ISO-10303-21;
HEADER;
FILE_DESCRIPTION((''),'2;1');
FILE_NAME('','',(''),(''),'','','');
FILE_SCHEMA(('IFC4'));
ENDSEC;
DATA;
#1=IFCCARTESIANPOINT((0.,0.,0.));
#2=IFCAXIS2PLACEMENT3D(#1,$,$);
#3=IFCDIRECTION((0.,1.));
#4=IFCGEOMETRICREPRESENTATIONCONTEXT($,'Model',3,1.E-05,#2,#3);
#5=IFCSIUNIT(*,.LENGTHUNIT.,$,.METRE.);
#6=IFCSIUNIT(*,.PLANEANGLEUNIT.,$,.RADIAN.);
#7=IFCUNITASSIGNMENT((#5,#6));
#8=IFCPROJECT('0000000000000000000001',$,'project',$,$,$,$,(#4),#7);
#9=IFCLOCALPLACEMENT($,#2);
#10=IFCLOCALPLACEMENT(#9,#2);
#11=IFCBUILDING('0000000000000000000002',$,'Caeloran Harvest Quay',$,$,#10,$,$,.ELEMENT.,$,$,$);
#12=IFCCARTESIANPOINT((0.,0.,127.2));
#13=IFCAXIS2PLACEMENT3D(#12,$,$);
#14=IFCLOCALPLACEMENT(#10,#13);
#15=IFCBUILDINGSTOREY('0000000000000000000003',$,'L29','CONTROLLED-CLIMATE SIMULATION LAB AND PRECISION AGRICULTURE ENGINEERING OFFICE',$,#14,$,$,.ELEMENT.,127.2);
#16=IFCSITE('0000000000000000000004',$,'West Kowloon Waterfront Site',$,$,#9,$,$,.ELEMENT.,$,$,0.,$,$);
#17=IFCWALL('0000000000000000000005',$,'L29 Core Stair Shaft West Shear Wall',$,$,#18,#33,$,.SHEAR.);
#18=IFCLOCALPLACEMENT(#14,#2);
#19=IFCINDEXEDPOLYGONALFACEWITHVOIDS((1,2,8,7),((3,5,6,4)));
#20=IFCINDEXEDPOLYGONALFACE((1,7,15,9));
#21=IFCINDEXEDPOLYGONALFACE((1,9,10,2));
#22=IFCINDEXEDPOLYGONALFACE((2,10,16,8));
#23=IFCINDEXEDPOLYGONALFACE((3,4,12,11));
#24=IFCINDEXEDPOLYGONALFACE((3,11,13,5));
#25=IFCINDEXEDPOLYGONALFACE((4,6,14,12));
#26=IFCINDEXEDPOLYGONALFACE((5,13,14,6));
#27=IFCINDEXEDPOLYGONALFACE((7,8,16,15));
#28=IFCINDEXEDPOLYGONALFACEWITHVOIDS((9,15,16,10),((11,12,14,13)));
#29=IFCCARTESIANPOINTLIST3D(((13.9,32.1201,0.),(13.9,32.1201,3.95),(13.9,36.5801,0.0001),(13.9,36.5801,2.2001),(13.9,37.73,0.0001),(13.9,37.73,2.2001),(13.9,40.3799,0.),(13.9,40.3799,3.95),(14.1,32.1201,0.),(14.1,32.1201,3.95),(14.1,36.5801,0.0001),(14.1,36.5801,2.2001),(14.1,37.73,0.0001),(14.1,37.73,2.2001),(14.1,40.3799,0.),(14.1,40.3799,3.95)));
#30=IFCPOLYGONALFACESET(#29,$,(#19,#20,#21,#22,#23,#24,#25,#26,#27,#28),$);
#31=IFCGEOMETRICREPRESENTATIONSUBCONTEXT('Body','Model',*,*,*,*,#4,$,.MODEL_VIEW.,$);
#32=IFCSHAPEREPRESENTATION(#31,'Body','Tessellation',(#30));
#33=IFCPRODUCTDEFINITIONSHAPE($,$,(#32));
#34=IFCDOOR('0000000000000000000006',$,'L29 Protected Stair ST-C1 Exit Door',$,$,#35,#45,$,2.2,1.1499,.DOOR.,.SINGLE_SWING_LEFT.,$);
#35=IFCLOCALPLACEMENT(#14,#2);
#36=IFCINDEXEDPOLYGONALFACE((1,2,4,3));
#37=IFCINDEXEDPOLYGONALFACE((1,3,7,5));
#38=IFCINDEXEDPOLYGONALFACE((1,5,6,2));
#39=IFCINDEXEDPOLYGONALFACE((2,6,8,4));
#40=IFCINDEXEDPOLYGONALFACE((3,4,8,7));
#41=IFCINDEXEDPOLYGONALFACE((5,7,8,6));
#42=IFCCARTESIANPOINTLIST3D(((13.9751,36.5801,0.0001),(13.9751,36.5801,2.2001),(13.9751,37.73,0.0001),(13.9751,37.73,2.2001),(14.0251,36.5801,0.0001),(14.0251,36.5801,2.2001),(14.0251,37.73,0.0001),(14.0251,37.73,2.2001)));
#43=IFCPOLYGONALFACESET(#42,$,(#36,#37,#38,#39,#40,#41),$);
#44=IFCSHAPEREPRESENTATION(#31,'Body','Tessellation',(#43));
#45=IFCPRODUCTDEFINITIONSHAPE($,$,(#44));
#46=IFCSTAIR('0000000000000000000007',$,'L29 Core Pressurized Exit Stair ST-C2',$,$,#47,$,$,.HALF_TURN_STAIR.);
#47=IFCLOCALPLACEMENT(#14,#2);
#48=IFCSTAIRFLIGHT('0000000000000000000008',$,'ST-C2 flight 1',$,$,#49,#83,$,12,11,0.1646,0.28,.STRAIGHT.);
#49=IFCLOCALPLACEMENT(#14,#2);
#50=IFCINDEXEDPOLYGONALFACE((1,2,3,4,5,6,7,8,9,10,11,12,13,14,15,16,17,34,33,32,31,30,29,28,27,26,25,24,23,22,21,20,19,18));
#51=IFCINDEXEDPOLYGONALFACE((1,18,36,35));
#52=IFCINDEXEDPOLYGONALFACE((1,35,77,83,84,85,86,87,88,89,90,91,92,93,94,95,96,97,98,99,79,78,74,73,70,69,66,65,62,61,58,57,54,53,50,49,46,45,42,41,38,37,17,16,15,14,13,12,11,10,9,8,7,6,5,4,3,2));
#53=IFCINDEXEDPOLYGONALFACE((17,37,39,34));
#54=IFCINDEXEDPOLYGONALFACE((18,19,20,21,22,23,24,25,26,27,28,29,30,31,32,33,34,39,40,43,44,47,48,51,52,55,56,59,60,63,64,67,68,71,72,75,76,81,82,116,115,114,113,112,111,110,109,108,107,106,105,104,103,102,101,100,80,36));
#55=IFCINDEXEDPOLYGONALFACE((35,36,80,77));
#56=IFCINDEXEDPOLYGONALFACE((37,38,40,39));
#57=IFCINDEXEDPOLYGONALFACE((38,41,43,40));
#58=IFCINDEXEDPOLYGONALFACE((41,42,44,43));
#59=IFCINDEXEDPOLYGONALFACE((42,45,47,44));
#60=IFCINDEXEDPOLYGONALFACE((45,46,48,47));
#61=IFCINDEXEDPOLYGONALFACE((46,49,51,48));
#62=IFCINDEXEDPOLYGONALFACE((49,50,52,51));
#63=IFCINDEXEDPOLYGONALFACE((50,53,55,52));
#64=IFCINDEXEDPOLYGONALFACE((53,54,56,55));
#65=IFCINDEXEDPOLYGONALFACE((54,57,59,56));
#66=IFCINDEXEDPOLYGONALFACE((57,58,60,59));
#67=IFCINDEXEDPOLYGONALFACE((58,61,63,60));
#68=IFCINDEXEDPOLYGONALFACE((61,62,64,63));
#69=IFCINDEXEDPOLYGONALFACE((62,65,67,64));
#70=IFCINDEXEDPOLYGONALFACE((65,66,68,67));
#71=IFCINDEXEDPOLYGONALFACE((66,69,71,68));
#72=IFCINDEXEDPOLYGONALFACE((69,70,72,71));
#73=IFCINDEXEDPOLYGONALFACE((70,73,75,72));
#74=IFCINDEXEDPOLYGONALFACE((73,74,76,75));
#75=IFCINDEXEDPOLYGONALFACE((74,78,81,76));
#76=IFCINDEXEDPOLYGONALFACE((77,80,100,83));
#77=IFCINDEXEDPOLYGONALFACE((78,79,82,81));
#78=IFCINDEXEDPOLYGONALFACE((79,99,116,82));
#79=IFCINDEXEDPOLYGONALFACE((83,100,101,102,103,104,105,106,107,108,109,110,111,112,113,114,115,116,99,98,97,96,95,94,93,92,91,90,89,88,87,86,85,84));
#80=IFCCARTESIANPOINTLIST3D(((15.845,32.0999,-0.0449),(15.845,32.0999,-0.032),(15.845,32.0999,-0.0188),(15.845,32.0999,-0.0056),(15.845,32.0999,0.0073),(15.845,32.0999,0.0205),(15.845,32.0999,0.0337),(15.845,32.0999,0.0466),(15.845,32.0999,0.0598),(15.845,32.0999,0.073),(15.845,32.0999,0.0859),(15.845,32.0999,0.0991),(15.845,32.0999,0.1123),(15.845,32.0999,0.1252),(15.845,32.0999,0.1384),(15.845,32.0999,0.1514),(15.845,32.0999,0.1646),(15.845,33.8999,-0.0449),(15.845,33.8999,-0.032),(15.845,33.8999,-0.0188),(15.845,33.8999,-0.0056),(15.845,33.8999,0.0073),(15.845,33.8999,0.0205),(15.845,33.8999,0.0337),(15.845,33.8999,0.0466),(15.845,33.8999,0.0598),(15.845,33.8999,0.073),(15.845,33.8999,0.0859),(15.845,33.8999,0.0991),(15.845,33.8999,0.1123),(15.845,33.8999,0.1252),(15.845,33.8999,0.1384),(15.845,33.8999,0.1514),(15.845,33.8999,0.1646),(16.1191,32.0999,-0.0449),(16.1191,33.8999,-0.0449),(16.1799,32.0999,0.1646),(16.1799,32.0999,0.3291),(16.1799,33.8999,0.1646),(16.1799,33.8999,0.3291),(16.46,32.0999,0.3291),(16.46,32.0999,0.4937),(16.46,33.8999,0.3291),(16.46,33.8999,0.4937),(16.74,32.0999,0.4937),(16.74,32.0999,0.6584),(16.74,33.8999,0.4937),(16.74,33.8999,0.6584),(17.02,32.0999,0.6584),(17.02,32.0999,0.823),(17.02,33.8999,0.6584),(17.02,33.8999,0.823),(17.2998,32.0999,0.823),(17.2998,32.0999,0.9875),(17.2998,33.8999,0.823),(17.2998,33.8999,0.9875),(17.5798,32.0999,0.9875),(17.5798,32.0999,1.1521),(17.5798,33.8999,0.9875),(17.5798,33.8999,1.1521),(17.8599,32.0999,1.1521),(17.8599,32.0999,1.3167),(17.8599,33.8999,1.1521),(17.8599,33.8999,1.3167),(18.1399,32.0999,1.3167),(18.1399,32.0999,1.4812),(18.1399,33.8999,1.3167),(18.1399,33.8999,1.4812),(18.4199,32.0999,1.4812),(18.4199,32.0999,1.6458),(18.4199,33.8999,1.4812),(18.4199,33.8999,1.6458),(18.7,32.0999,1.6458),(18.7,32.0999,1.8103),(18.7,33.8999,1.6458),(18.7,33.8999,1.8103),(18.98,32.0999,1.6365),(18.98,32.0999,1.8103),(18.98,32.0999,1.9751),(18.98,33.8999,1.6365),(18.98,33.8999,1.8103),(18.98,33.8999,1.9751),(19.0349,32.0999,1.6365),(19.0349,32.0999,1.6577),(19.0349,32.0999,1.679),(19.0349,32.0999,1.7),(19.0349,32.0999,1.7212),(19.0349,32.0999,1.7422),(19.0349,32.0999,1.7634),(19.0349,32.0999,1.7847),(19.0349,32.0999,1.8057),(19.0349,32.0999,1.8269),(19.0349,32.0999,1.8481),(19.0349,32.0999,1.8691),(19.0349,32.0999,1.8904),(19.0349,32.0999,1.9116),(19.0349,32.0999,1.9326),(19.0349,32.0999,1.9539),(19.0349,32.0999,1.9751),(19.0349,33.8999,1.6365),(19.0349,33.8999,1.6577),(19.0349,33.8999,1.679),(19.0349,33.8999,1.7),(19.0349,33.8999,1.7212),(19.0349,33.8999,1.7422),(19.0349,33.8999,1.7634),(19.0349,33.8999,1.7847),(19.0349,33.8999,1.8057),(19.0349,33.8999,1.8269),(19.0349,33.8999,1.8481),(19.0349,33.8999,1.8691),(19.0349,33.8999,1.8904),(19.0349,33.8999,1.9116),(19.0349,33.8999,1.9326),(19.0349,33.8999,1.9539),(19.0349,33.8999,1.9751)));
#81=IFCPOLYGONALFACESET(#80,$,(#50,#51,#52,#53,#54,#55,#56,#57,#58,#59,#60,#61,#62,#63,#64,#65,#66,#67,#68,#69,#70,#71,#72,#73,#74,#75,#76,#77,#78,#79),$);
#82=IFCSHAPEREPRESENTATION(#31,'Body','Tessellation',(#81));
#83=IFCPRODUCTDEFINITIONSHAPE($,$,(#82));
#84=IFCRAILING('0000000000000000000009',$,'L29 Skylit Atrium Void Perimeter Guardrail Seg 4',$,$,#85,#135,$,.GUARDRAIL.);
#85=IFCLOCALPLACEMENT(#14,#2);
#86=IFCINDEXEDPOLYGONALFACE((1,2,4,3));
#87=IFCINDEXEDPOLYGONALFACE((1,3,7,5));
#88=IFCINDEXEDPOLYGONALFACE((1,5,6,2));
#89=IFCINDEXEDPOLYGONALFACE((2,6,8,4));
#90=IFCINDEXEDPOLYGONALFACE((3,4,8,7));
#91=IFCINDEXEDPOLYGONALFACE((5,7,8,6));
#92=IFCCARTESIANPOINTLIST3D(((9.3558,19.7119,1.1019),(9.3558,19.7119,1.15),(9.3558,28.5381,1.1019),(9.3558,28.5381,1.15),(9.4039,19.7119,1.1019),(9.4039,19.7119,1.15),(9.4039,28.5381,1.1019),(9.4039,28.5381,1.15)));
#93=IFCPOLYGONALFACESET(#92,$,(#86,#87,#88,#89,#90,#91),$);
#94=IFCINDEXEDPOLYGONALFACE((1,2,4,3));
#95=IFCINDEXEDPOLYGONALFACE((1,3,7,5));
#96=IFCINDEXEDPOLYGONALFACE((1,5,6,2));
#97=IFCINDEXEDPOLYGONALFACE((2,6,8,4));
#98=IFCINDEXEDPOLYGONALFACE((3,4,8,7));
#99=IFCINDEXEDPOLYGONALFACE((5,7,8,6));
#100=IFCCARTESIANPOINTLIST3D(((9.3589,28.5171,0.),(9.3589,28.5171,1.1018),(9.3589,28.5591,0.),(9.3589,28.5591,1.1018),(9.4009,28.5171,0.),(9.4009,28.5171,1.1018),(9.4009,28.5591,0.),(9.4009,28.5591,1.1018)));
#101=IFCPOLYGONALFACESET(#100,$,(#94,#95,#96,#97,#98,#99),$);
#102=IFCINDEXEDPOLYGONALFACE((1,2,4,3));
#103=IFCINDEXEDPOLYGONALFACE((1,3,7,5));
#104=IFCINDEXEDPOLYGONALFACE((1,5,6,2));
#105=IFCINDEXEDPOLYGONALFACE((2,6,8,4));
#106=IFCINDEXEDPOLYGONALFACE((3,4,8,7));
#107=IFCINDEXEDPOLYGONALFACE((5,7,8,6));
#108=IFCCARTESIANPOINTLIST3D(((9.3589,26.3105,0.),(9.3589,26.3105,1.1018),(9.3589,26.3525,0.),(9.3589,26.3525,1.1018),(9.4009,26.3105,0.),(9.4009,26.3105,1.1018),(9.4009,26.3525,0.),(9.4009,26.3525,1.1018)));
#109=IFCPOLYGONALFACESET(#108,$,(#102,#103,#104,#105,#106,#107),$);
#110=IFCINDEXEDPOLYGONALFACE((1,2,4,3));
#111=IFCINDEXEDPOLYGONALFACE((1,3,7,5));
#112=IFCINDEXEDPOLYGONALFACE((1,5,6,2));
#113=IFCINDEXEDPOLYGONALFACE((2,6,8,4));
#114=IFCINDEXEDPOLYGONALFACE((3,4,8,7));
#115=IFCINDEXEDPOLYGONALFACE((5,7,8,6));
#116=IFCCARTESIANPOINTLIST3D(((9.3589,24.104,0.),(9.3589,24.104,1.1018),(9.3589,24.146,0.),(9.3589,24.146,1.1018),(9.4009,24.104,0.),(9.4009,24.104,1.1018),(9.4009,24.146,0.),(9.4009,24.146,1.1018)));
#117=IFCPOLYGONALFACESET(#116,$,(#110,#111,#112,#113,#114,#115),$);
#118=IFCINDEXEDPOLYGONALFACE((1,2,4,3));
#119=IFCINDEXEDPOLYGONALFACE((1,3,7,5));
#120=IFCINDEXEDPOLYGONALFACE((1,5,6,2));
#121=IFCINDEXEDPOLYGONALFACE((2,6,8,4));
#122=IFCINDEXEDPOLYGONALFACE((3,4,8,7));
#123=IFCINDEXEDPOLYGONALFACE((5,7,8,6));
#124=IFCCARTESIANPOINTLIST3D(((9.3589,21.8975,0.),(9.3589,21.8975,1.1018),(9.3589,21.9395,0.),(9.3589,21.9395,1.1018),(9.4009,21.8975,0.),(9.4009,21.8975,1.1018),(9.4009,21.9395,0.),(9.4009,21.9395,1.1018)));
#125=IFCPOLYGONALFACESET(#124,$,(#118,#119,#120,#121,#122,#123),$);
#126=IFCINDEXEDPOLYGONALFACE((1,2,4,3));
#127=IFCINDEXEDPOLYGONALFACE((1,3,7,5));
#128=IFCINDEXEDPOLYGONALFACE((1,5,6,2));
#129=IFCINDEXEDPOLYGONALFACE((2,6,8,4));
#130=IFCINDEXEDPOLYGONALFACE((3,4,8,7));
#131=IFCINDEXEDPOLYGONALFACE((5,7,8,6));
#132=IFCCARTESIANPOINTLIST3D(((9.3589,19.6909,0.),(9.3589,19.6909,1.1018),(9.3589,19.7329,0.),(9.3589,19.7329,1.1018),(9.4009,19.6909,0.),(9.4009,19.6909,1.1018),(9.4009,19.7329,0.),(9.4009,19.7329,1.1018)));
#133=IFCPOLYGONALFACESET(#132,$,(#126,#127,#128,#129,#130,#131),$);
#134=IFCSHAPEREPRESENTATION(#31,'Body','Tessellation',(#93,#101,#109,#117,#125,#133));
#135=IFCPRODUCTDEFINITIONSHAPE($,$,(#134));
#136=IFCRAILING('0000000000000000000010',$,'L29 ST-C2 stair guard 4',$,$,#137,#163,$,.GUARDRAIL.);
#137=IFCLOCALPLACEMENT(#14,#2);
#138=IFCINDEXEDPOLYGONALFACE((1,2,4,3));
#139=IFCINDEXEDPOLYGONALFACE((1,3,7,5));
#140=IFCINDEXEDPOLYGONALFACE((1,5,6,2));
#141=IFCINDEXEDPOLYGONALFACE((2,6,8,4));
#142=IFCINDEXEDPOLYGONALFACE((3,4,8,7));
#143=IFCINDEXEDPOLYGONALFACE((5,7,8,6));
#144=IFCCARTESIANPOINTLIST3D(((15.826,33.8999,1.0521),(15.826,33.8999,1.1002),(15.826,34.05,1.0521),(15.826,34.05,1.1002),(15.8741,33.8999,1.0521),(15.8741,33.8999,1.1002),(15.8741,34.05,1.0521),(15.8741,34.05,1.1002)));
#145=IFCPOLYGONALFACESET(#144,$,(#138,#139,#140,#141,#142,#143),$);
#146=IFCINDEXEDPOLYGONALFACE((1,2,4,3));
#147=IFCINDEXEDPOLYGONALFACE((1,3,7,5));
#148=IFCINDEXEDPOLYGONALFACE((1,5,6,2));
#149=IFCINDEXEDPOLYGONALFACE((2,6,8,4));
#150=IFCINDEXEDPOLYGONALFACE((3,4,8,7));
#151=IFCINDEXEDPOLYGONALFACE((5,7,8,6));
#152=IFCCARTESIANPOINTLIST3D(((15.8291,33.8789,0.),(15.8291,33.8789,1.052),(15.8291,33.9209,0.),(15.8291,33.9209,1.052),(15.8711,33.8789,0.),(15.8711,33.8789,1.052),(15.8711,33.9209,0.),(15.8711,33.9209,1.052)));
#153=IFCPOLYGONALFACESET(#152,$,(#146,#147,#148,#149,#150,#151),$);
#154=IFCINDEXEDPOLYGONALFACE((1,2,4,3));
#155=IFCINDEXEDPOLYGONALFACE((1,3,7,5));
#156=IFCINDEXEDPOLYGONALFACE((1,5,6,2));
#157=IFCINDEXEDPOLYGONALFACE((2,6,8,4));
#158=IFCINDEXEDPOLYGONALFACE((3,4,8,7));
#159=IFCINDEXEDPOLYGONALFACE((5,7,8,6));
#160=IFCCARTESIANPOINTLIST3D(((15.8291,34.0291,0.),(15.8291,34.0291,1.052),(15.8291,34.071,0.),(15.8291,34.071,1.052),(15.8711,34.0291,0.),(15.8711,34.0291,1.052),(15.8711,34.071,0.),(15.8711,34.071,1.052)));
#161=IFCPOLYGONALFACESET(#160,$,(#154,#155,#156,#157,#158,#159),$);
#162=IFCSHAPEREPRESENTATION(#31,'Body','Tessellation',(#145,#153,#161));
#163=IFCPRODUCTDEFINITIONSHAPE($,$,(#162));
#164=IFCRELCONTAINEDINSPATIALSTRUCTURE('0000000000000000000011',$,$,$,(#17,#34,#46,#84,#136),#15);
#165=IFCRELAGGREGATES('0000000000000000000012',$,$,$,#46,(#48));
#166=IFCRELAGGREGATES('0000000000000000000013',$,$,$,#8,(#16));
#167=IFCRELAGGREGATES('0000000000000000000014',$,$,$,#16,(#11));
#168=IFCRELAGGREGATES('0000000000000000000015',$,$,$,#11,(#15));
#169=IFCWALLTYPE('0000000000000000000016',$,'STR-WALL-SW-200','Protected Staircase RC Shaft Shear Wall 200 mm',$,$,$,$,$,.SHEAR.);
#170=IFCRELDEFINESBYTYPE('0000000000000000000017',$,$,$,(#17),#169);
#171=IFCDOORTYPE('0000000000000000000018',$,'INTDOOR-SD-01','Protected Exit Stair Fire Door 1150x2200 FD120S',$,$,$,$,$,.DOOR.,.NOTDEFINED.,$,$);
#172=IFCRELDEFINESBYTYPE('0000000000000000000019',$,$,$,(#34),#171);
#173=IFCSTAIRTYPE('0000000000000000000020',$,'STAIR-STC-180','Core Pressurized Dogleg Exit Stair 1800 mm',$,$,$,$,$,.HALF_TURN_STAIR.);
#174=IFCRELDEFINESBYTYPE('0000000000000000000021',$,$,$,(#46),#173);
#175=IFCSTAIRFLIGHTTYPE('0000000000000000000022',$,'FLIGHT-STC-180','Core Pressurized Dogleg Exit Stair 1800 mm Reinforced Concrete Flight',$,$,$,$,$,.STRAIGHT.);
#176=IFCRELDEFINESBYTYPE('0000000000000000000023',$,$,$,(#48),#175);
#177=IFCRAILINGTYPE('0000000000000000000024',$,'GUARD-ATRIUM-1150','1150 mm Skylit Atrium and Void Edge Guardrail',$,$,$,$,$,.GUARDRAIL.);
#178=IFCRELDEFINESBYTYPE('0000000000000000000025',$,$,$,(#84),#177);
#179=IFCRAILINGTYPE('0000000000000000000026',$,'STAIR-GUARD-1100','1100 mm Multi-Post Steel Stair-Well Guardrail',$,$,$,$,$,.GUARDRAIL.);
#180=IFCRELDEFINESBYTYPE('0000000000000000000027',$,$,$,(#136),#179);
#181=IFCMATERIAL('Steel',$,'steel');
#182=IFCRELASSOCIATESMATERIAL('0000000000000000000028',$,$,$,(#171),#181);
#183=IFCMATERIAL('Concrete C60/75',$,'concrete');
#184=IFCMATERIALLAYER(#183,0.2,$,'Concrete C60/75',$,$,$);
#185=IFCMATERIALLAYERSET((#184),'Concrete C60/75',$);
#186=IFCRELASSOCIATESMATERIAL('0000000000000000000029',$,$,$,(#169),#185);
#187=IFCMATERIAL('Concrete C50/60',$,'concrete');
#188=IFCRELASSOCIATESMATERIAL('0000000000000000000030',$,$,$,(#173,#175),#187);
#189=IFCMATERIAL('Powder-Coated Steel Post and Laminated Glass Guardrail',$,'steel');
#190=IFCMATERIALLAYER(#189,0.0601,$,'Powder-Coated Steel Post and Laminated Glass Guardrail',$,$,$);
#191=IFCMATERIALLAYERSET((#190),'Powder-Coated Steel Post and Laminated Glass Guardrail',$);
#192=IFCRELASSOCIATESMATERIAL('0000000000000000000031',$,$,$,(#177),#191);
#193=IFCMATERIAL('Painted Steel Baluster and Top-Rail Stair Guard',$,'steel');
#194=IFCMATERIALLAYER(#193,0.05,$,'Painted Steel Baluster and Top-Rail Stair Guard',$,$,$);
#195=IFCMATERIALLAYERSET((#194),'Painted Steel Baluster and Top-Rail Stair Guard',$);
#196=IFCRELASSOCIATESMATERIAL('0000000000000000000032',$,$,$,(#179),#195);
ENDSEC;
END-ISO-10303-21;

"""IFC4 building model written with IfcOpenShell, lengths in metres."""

from ifc_helpers import new_model, si_unit, direction, frame, frame_2d, origin, origin_2d, place, context, subcontext, project, spatial, polyline, rectangle, outline, extrude, material, layer, layer_set, type_object, element, fill, aggregate, save


model = new_model("IFC4")

# Units and contexts
model_context = context("Model", 3, precision=1e-05, world=origin(), true_north=direction((0.0, 1.0)))
body_context = subcontext(model_context, "Body", "Model", "MODEL_VIEW")
ifc_project = project(units=[si_unit("LENGTHUNIT", "METRE"), si_unit("PLANEANGLEUNIT", "RADIAN")], contexts=[model_context])

# Site, building, storey
site_placement = place(None, origin())
site = spatial("IfcSite", under=ifc_project, at=site_placement, Name="West Kowloon Waterfront Site", CompositionType="ELEMENT", RefElevation=0.0)
building_placement = place(site_placement, origin())
building = spatial("IfcBuilding", under=site, at=building_placement, Name="Caeloran Harvest Quay", CompositionType="ELEMENT")
storey_placement = place(building_placement, frame((0.0, 0.0, 127.2)))
storey = spatial("IfcBuildingStorey", under=building, at=storey_placement, Name="L29", Description="CONTROLLED-CLIMATE SIMULATION LAB AND PRECISION AGRICULTURE ENGINEERING OFFICE", CompositionType="ELEMENT", Elevation=127.2)

# Shared definitions
ifc_material_1 = material(Name="Concrete C60/75", Category="concrete")

# Shared definitions
ifc_material_2 = material(Name="Concrete C50/60", Category="concrete")

# Shared definitions
ifc_material_3 = material(Name="Steel", Category="steel")

# Shared definitions
door_type_1 = type_object("IfcDoorType", Name="INTDOOR-SD-01", Description="Protected Exit Stair Fire Door 1150x2200 FD120S", OperationType="NOTDEFINED", PredefinedType="DOOR", material=ifc_material_3)

# Wall, opening, door
ifc_layer_1 = layer(ifc_material_1, 0.2, Name="Concrete C60/75")
ifc_layer_set_1 = layer_set([ifc_layer_1], Name="Concrete C60/75")
wall_type_1 = type_object("IfcWallType", Name="STR-WALL-SW-200", Description="Protected Staircase RC Shaft Shear Wall 200 mm", PredefinedType="SHEAR", material=ifc_layer_set_1)
wall_1_placement = place(storey_placement, frame((14.0, 32.1201, 0.0), z_axis=(0.0, 0.0, 1.0), x_axis=(0.0, 1.0, 0.0)))
wall_1 = element("IfcWall", 1, at=wall_1_placement, inside=storey, type_object=wall_type_1, Name="L29 Core Stair Shaft West Shear Wall", PredefinedType="SHEAR", context=body_context, shape_type="SweptSolid", body=[
    extrude(rectangle(XDim=8.2598, YDim=0.2, at=frame_2d((4.1299, 0.0))), origin(), (0.0, 0.0, 1.0), 3.95),
])
opening_1_placement = place(wall_1_placement, frame((4.46, 0.0, 0.0)))
opening_1 = element("IfcOpeningElement", 2, at=opening_1_placement, cuts=wall_1, PredefinedType="OPENING", context=body_context, shape_type="SweptSolid", body=[
    extrude(rectangle(XDim=1.1499, YDim=2.2, at=frame_2d((0.575, 1.1001))), frame((0.0, 0.1099, 0.0), z_axis=(0.0, -1.0, 0.0), x_axis=(1.0, 0.0, 0.0)), (0.0, 0.0, 1.0), 0.22),
])
door_1_placement = place(opening_1_placement, origin())
door_1 = element("IfcDoor", 3, at=door_1_placement, inside=storey, type_object=door_type_1, Name="L29 Protected Stair ST-C1 Exit Door", OperationType="SINGLE_SWING_LEFT", OverallHeight=2.2, OverallWidth=1.1499, PredefinedType="DOOR", context=body_context, shape_type="SweptSolid", body=[
    extrude(rectangle(XDim=1.1499, YDim=2.2, at=frame_2d((0.575, 1.1001))), frame((0.0, 0.0249, 0.0), z_axis=(0.0, -1.0, 0.0), x_axis=(1.0, 0.0, 0.0)), (0.0, 0.0, 1.0), 0.05),
])
fill(opening_1, door_1)

# Stair, stair flight
stair_type = type_object("IfcStairType", Name="STAIR-STC-180", Description="Core Pressurized Dogleg Exit Stair 1800 mm", PredefinedType="HALF_TURN_STAIR", material=ifc_material_2)
stair_placement = place(storey_placement, origin())
stair = element("IfcStair", 4, at=stair_placement, inside=storey, type_object=stair_type, Name="L29 Core Pressurized Exit Stair ST-C2", PredefinedType="HALF_TURN_STAIR")
stair_flight_type = type_object("IfcStairFlightType", Name="FLIGHT-STC-180", Description="Core Pressurized Dogleg Exit Stair 1800 mm Reinforced Concrete Flight", PredefinedType="STRAIGHT", material=ifc_material_2)
stair_flight_placement = place(storey_placement, frame((15.8999, 33.0, 0.0), z_axis=(0.0, 0.0, 1.0), x_axis=(1.0, 0.0, 0.0)))
stair_flight = element("IfcStairFlight", 5, at=stair_flight_placement, type_object=stair_flight_type, Name="ST-C2 flight 1", NumberOfRisers=12, NumberOfTreads=11, PredefinedType="STRAIGHT", RiserHeight=0.1646, TreadLength=0.28, context=body_context, shape_type="SweptSolid", body=[
    extrude(outline(polyline([(-0.0549, -0.0449), (-0.0549, -0.032), (-0.0549, -0.0188), (-0.0549, -0.0056), (-0.0549, 0.0073), (-0.0549, 0.0205), (-0.0549, 0.0337), (-0.0549, 0.0466), (-0.0549, 0.0598), (-0.0549, 0.073), (-0.0549, 0.0859), (-0.0549, 0.0991), (-0.0549, 0.1123), (-0.0549, 0.1252), (-0.0549, 0.1384), (-0.0549, 0.1514), (-0.0549, 0.1646), (0.28, 0.1646), (0.28, 0.3291), (0.5601, 0.3291), (0.5601, 0.4937), (0.8401, 0.4937), (0.8401, 0.6584), (1.1201, 0.6584), (1.1201, 0.823), (1.3999, 0.823), (1.3999, 0.9875), (1.6799, 0.9875), (1.6799, 1.1521), (1.96, 1.1521), (1.96, 1.3167), (2.24, 1.3167), (2.24, 1.4812), (2.52, 1.4812), (2.52, 1.6458), (2.8, 1.6458), (2.8, 1.8103), (3.0801, 1.8103), (3.0801, 1.9751), (3.135, 1.9751), (3.135, 1.9539), (3.135, 1.9326), (3.135, 1.9116), (3.135, 1.8904), (3.135, 1.8691), (3.135, 1.8481), (3.135, 1.8269), (3.135, 1.8057), (3.135, 1.7847), (3.135, 1.7634), (3.135, 1.7422), (3.135, 1.7212), (3.135, 1.7), (3.135, 1.679), (3.135, 1.6577), (3.135, 1.6365), (3.0801, 1.6365), (0.2192, -0.0449), (-0.0549, -0.0449)])), frame((0.0, 0.8999, 0.0), z_axis=(0.0, -1.0, 0.0), x_axis=(1.0, 0.0, 0.0)), (0.0, 0.0, 1.0), 1.8),
])
aggregate(stair, [stair_flight])

# Railings
ifc_material_4 = material(Name="Powder-Coated Steel Post and Laminated Glass Guardrail", Category="steel")
ifc_layer_2 = layer(ifc_material_4, 0.0601, Name="Powder-Coated Steel Post and Laminated Glass Guardrail")
ifc_layer_set_2 = layer_set([ifc_layer_2], Name="Powder-Coated Steel Post and Laminated Glass Guardrail")
railing_type_1 = type_object("IfcRailingType", Name="GUARD-ATRIUM-1150", Description="1150 mm Skylit Atrium and Void Edge Guardrail", PredefinedType="GUARDRAIL", material=ifc_layer_set_2)
railing_1_placement = place(storey_placement, frame((9.3799, 28.5381, 0.0)))
element("IfcRailing", 6, at=railing_1_placement, inside=storey, type_object=railing_type_1, Name="L29 Skylit Atrium Void Perimeter Guardrail Seg 4", PredefinedType="GUARDRAIL", context=body_context, shape_type="SweptSolid", body=[
    extrude(rectangle(XDim=0.0481, YDim=0.0481, at=origin_2d()), frame((0.0, 0.0, 1.126), z_axis=(0.0, -1.0, 0.0), x_axis=(1.0, 0.0, 0.0)), (0.0, 0.0, 1.0), 8.8262),
    extrude(rectangle(XDim=0.042, YDim=0.042, at=origin_2d()), origin(), (0.0, 0.0, 1.0), 1.1018),
    extrude(rectangle(XDim=0.042, YDim=0.042, at=origin_2d()), frame((0.0, -2.2065, 0.0)), (0.0, 0.0, 1.0), 1.1018),
    extrude(rectangle(XDim=0.042, YDim=0.042, at=origin_2d()), frame((0.0, -4.4131, 0.0)), (0.0, 0.0, 1.0), 1.1018),
    extrude(rectangle(XDim=0.042, YDim=0.042, at=origin_2d()), frame((0.0, -6.6196, 0.0)), (0.0, 0.0, 1.0), 1.1018),
    extrude(rectangle(XDim=0.042, YDim=0.042, at=origin_2d()), frame((0.0, -8.8262, 0.0)), (0.0, 0.0, 1.0), 1.1018),
])
ifc_material_5 = material(Name="Painted Steel Baluster and Top-Rail Stair Guard", Category="steel")
ifc_layer_3 = layer(ifc_material_5, 0.05, Name="Painted Steel Baluster and Top-Rail Stair Guard")
ifc_layer_set_3 = layer_set([ifc_layer_3], Name="Painted Steel Baluster and Top-Rail Stair Guard")
railing_type_2 = type_object("IfcRailingType", Name="STAIR-GUARD-1100", Description="1100 mm Multi-Post Steel Stair-Well Guardrail", PredefinedType="GUARDRAIL", material=ifc_layer_set_3)
railing_2_placement = place(storey_placement, frame((15.8501, 33.8999, 0.0)))
element("IfcRailing", 7, at=railing_2_placement, inside=storey, type_object=railing_type_2, Name="L29 ST-C2 stair guard 4", PredefinedType="GUARDRAIL", context=body_context, shape_type="SweptSolid", body=[
    extrude(rectangle(XDim=0.0481, YDim=0.0481, at=origin_2d()), frame((0.0, 0.0, 1.0762), z_axis=(0.0, 1.0, 0.0), x_axis=(-1.0, 0.0, 0.0)), (0.0, 0.0, 1.0), 0.1501),
    extrude(rectangle(XDim=0.042, YDim=0.042, at=origin_2d()), origin(), (0.0, 0.0, 1.0), 1.052),
    extrude(rectangle(XDim=0.042, YDim=0.042, at=origin_2d()), frame((0.0, 0.1501, 0.0)), (0.0, 0.0, 1.0), 1.052),
])

save(model, "model.ifc")
